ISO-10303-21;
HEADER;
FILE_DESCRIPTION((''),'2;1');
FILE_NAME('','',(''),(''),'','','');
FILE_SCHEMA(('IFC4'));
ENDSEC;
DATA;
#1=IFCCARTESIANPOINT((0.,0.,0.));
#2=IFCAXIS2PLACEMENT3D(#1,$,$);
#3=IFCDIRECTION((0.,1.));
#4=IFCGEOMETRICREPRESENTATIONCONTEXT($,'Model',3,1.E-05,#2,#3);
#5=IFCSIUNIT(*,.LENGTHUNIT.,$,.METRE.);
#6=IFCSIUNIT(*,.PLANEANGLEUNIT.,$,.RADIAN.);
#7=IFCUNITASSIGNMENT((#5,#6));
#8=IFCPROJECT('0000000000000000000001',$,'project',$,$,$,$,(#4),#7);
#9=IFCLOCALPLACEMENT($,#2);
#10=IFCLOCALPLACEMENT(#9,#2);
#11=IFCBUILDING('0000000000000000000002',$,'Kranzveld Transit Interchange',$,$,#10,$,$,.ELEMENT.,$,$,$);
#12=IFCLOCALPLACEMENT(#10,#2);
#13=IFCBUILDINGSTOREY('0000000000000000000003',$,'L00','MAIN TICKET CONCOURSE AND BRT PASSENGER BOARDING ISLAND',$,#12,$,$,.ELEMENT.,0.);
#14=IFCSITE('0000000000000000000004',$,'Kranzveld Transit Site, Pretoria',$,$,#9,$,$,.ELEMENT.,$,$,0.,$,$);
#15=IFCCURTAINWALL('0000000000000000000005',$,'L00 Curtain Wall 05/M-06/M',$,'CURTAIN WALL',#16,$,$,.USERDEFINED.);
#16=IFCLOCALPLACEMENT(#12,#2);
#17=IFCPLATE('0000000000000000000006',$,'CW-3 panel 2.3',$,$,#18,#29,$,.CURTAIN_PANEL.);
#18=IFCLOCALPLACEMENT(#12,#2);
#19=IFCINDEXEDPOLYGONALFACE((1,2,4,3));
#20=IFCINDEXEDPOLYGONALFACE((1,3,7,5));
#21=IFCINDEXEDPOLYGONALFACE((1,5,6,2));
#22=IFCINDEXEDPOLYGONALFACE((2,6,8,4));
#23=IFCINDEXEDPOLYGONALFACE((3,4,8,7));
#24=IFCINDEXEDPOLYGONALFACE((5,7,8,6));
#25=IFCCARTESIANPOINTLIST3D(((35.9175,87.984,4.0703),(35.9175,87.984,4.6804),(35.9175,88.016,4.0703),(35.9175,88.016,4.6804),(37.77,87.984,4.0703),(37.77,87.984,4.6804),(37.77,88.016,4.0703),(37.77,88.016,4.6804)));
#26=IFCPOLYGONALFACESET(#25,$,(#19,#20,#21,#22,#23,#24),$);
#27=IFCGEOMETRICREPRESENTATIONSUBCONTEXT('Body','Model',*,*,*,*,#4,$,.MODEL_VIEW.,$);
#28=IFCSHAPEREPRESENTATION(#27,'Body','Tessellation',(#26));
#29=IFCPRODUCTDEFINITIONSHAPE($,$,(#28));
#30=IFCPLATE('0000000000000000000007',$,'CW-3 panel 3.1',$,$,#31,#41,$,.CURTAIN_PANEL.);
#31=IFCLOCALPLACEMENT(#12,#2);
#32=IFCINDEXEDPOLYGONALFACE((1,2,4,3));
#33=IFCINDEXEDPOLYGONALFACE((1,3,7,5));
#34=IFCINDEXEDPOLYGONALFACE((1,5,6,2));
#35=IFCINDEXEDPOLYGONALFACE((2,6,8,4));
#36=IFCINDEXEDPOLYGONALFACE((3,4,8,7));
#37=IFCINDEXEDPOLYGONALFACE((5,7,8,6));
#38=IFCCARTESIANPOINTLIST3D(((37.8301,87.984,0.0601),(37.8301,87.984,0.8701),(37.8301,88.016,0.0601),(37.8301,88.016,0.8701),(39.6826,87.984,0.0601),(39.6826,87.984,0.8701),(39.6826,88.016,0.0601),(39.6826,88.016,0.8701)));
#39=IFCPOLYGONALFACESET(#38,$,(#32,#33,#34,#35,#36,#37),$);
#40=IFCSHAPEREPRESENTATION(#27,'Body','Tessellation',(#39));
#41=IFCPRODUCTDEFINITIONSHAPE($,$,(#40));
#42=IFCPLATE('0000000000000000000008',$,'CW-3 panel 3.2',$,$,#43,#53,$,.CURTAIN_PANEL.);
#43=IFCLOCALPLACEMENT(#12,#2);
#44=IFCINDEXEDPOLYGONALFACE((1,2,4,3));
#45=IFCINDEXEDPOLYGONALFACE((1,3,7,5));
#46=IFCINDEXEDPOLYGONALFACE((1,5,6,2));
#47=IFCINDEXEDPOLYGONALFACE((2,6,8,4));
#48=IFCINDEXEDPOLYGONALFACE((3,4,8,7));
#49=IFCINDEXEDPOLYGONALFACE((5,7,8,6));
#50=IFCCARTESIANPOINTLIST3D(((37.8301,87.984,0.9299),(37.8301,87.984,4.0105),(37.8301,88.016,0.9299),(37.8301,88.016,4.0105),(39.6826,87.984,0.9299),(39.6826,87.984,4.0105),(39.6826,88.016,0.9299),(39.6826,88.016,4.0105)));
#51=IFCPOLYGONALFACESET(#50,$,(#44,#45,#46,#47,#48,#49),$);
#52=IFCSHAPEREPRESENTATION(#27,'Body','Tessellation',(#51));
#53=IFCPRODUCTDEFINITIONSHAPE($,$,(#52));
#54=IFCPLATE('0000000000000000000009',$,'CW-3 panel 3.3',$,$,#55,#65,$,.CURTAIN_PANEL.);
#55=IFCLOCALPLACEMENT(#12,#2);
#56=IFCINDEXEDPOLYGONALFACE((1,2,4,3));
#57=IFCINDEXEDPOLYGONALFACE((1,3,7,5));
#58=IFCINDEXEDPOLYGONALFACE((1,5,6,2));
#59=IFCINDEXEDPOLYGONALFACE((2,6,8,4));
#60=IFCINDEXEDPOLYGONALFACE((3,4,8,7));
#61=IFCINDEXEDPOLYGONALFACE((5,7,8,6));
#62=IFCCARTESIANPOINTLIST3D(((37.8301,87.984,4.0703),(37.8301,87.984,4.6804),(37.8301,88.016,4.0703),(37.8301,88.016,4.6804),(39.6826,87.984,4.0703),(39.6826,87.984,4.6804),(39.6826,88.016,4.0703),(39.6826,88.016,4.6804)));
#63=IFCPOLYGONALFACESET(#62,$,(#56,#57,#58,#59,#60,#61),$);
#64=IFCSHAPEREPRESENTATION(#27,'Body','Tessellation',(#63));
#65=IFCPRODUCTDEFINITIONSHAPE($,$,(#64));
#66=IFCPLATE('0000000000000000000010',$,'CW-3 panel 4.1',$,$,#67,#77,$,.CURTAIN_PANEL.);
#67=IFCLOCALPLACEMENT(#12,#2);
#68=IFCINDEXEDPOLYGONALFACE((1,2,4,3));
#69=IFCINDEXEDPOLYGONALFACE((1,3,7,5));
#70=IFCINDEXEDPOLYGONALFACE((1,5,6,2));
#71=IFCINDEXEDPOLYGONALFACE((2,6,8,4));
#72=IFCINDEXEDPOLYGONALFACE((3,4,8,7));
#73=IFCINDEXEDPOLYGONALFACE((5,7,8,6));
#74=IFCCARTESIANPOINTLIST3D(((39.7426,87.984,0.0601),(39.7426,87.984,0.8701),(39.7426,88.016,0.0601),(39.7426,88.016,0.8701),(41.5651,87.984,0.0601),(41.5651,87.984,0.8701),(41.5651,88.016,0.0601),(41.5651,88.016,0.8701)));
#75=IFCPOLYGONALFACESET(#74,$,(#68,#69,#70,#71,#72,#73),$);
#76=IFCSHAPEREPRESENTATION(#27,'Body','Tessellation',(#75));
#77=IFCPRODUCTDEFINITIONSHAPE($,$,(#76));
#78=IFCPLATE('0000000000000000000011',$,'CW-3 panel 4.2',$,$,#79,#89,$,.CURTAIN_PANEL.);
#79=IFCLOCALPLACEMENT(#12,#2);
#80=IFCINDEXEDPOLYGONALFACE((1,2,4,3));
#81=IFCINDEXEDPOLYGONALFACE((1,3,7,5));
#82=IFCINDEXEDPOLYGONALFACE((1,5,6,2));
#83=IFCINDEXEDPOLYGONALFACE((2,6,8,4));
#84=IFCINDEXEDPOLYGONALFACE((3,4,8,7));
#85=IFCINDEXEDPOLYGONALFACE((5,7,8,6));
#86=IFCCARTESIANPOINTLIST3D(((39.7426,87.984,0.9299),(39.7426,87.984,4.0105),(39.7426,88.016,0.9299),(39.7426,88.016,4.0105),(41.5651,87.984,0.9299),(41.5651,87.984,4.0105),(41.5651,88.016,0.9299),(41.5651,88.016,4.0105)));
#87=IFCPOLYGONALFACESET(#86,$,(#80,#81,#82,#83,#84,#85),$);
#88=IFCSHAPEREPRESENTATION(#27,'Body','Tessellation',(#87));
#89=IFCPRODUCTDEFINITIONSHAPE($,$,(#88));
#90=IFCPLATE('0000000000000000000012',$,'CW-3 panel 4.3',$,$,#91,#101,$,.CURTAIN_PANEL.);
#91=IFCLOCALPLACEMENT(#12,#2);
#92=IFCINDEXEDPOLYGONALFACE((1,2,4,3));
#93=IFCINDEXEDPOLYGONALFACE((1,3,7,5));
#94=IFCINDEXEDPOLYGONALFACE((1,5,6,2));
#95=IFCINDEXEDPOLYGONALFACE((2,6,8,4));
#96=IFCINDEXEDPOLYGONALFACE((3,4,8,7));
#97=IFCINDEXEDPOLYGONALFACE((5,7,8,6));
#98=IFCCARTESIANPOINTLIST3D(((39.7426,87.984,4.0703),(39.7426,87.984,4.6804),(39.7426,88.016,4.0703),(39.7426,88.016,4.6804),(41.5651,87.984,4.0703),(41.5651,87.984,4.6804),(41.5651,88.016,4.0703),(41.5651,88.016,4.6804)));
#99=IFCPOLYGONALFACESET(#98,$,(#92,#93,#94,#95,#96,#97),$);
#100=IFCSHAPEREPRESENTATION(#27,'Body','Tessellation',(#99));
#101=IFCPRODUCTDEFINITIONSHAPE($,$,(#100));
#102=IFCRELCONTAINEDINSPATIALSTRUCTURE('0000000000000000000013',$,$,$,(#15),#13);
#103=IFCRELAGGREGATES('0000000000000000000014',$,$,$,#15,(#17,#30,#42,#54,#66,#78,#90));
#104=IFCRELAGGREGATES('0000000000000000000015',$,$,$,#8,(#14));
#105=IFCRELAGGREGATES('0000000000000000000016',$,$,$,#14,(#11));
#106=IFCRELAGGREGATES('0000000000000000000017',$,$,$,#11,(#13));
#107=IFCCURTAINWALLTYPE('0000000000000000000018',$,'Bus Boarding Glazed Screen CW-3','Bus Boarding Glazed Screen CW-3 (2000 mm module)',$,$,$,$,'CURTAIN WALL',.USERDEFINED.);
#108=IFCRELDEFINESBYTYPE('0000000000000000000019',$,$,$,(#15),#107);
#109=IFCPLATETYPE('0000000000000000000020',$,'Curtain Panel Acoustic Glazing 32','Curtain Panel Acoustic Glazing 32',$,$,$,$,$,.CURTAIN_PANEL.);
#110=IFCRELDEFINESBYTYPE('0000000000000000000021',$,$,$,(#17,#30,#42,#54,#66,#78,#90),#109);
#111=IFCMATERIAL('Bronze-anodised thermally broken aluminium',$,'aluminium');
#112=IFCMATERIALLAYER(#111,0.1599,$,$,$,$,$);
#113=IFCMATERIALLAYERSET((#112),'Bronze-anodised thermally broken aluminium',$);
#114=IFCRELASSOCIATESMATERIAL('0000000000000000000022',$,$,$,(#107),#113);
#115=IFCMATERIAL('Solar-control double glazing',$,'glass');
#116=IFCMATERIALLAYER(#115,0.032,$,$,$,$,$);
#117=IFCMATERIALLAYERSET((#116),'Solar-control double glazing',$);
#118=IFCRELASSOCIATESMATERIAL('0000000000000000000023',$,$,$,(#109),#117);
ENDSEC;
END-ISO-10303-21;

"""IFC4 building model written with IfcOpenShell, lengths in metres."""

from ifc_helpers import new_model, si_unit, direction, frame, origin, origin_2d, place, context, subcontext, project, spatial, rectangle, extrude, material, layer, layer_set, type_object, element, aggregate, save


model = new_model("IFC4")

# Units and contexts
model_context = context("Model", 3, precision=1e-05, world=origin(), true_north=direction((0.0, 1.0)))
body_context = subcontext(model_context, "Body", "Model", "MODEL_VIEW")
ifc_project = project(units=[si_unit("LENGTHUNIT", "METRE"), si_unit("PLANEANGLEUNIT", "RADIAN")], contexts=[model_context])

# Site, building, storey
site_placement = place(None, origin())
site = spatial("IfcSite", under=ifc_project, at=site_placement, Name="Kranzveld Transit Site, Pretoria", CompositionType="ELEMENT", RefElevation=0.0)
building_placement = place(site_placement, origin())
building = spatial("IfcBuilding", under=site, at=building_placement, Name="Kranzveld Transit Interchange", CompositionType="ELEMENT")
storey_placement = place(building_placement, origin())
storey = spatial("IfcBuildingStorey", under=building, at=storey_placement, Name="L00", Description="MAIN TICKET CONCOURSE AND BRT PASSENGER BOARDING ISLAND", CompositionType="ELEMENT", Elevation=0.0)

# Curtain wall, plates
ifc_material_1 = material(Name="Bronze-anodised thermally broken aluminium", Category="aluminium")
ifc_layer_1 = layer(ifc_material_1, 0.1599)
ifc_layer_set_1 = layer_set([ifc_layer_1], Name="Bronze-anodised thermally broken aluminium")
curtain_wall_type = type_object("IfcCurtainWallType", Name="Bus Boarding Glazed Screen CW-3", Description="Bus Boarding Glazed Screen CW-3 (2000 mm module)", ElementType="CURTAIN WALL", PredefinedType="USERDEFINED", material=ifc_layer_set_1)
curtain_wall_placement = place(storey_placement, origin())
curtain_wall = element("IfcCurtainWall", 1, at=curtain_wall_placement, inside=storey, type_object=curtain_wall_type, Name="L00 Curtain Wall 05/M-06/M", ObjectType="CURTAIN WALL", PredefinedType="USERDEFINED")
ifc_material_2 = material(Name="Solar-control double glazing", Category="glass")
ifc_layer_2 = layer(ifc_material_2, 0.032)
ifc_layer_set_2 = layer_set([ifc_layer_2], Name="Solar-control double glazing")
plate_type = type_object("IfcPlateType", Name="Curtain Panel Acoustic Glazing 32", Description="Curtain Panel Acoustic Glazing 32", PredefinedType="CURTAIN_PANEL", material=ifc_layer_set_2)
plate_1_placement = place(storey_placement, frame((36.8438, 88.0, 4.0703), z_axis=(0.0, 0.0, 1.0), x_axis=(1.0, 0.0, 0.0)))
plate_1 = element("IfcPlate", 2, at=plate_1_placement, type_object=plate_type, Name="CW-3 panel 2.3", PredefinedType="CURTAIN_PANEL", context=body_context, shape_type="SweptSolid", body=[
    extrude(rectangle(XDim=1.8525, YDim=0.032, at=origin_2d()), origin(), (0.0, 0.0, 1.0), 0.6101),
])
plate_2_placement = place(storey_placement, frame((38.7563, 88.0, 0.0601), z_axis=(0.0, 0.0, 1.0), x_axis=(1.0, 0.0, 0.0)))
plate_2 = element("IfcPlate", 3, at=plate_2_placement, type_object=plate_type, Name="CW-3 panel 3.1", PredefinedType="CURTAIN_PANEL", context=body_context, shape_type="SweptSolid", body=[
    extrude(rectangle(XDim=1.8525, YDim=0.032, at=origin_2d()), origin(), (0.0, 0.0, 1.0), 0.8101),
])
plate_3_placement = place(storey_placement, frame((38.7563, 88.0, 0.9299), z_axis=(0.0, 0.0, 1.0), x_axis=(1.0, 0.0, 0.0)))
plate_3 = element("IfcPlate", 4, at=plate_3_placement, type_object=plate_type, Name="CW-3 panel 3.2", PredefinedType="CURTAIN_PANEL", context=body_context, shape_type="SweptSolid", body=[
    extrude(rectangle(XDim=1.8525, YDim=0.032, at=origin_2d()), origin(), (0.0, 0.0, 1.0), 3.0806),
])
plate_4_placement = place(storey_placement, frame((38.7563, 88.0, 4.0703), z_axis=(0.0, 0.0, 1.0), x_axis=(1.0, 0.0, 0.0)))
plate_4 = element("IfcPlate", 5, at=plate_4_placement, type_object=plate_type, Name="CW-3 panel 3.3", PredefinedType="CURTAIN_PANEL", context=body_context, shape_type="SweptSolid", body=[
    extrude(rectangle(XDim=1.8525, YDim=0.032, at=origin_2d()), origin(), (0.0, 0.0, 1.0), 0.6101),
])
plate_5_placement = place(storey_placement, frame((40.6538, 88.0, 0.0601), z_axis=(0.0, 0.0, 1.0), x_axis=(1.0, 0.0, 0.0)))
plate_5 = element("IfcPlate", 6, at=plate_5_placement, type_object=plate_type, Name="CW-3 panel 4.1", PredefinedType="CURTAIN_PANEL", context=body_context, shape_type="SweptSolid", body=[
    extrude(rectangle(XDim=1.8225, YDim=0.032, at=origin_2d()), origin(), (0.0, 0.0, 1.0), 0.8101),
])
plate_6_placement = place(storey_placement, frame((40.6538, 88.0, 0.9299), z_axis=(0.0, 0.0, 1.0), x_axis=(1.0, 0.0, 0.0)))
plate_6 = element("IfcPlate", 7, at=plate_6_placement, type_object=plate_type, Name="CW-3 panel 4.2", PredefinedType="CURTAIN_PANEL", context=body_context, shape_type="SweptSolid", body=[
    extrude(rectangle(XDim=1.8225, YDim=0.032, at=origin_2d()), origin(), (0.0, 0.0, 1.0), 3.0806),
])
plate_7_placement = place(storey_placement, frame((40.6538, 88.0, 4.0703), z_axis=(0.0, 0.0, 1.0), x_axis=(1.0, 0.0, 0.0)))
plate_7 = element("IfcPlate", 8, at=plate_7_placement, type_object=plate_type, Name="CW-3 panel 4.3", PredefinedType="CURTAIN_PANEL", context=body_context, shape_type="SweptSolid", body=[
    extrude(rectangle(XDim=1.8225, YDim=0.032, at=origin_2d()), origin(), (0.0, 0.0, 1.0), 0.6101),
])
aggregate(curtain_wall, [plate_1, plate_2, plate_3, plate_4, plate_5, plate_6, plate_7])

save(model, "model.ifc")
